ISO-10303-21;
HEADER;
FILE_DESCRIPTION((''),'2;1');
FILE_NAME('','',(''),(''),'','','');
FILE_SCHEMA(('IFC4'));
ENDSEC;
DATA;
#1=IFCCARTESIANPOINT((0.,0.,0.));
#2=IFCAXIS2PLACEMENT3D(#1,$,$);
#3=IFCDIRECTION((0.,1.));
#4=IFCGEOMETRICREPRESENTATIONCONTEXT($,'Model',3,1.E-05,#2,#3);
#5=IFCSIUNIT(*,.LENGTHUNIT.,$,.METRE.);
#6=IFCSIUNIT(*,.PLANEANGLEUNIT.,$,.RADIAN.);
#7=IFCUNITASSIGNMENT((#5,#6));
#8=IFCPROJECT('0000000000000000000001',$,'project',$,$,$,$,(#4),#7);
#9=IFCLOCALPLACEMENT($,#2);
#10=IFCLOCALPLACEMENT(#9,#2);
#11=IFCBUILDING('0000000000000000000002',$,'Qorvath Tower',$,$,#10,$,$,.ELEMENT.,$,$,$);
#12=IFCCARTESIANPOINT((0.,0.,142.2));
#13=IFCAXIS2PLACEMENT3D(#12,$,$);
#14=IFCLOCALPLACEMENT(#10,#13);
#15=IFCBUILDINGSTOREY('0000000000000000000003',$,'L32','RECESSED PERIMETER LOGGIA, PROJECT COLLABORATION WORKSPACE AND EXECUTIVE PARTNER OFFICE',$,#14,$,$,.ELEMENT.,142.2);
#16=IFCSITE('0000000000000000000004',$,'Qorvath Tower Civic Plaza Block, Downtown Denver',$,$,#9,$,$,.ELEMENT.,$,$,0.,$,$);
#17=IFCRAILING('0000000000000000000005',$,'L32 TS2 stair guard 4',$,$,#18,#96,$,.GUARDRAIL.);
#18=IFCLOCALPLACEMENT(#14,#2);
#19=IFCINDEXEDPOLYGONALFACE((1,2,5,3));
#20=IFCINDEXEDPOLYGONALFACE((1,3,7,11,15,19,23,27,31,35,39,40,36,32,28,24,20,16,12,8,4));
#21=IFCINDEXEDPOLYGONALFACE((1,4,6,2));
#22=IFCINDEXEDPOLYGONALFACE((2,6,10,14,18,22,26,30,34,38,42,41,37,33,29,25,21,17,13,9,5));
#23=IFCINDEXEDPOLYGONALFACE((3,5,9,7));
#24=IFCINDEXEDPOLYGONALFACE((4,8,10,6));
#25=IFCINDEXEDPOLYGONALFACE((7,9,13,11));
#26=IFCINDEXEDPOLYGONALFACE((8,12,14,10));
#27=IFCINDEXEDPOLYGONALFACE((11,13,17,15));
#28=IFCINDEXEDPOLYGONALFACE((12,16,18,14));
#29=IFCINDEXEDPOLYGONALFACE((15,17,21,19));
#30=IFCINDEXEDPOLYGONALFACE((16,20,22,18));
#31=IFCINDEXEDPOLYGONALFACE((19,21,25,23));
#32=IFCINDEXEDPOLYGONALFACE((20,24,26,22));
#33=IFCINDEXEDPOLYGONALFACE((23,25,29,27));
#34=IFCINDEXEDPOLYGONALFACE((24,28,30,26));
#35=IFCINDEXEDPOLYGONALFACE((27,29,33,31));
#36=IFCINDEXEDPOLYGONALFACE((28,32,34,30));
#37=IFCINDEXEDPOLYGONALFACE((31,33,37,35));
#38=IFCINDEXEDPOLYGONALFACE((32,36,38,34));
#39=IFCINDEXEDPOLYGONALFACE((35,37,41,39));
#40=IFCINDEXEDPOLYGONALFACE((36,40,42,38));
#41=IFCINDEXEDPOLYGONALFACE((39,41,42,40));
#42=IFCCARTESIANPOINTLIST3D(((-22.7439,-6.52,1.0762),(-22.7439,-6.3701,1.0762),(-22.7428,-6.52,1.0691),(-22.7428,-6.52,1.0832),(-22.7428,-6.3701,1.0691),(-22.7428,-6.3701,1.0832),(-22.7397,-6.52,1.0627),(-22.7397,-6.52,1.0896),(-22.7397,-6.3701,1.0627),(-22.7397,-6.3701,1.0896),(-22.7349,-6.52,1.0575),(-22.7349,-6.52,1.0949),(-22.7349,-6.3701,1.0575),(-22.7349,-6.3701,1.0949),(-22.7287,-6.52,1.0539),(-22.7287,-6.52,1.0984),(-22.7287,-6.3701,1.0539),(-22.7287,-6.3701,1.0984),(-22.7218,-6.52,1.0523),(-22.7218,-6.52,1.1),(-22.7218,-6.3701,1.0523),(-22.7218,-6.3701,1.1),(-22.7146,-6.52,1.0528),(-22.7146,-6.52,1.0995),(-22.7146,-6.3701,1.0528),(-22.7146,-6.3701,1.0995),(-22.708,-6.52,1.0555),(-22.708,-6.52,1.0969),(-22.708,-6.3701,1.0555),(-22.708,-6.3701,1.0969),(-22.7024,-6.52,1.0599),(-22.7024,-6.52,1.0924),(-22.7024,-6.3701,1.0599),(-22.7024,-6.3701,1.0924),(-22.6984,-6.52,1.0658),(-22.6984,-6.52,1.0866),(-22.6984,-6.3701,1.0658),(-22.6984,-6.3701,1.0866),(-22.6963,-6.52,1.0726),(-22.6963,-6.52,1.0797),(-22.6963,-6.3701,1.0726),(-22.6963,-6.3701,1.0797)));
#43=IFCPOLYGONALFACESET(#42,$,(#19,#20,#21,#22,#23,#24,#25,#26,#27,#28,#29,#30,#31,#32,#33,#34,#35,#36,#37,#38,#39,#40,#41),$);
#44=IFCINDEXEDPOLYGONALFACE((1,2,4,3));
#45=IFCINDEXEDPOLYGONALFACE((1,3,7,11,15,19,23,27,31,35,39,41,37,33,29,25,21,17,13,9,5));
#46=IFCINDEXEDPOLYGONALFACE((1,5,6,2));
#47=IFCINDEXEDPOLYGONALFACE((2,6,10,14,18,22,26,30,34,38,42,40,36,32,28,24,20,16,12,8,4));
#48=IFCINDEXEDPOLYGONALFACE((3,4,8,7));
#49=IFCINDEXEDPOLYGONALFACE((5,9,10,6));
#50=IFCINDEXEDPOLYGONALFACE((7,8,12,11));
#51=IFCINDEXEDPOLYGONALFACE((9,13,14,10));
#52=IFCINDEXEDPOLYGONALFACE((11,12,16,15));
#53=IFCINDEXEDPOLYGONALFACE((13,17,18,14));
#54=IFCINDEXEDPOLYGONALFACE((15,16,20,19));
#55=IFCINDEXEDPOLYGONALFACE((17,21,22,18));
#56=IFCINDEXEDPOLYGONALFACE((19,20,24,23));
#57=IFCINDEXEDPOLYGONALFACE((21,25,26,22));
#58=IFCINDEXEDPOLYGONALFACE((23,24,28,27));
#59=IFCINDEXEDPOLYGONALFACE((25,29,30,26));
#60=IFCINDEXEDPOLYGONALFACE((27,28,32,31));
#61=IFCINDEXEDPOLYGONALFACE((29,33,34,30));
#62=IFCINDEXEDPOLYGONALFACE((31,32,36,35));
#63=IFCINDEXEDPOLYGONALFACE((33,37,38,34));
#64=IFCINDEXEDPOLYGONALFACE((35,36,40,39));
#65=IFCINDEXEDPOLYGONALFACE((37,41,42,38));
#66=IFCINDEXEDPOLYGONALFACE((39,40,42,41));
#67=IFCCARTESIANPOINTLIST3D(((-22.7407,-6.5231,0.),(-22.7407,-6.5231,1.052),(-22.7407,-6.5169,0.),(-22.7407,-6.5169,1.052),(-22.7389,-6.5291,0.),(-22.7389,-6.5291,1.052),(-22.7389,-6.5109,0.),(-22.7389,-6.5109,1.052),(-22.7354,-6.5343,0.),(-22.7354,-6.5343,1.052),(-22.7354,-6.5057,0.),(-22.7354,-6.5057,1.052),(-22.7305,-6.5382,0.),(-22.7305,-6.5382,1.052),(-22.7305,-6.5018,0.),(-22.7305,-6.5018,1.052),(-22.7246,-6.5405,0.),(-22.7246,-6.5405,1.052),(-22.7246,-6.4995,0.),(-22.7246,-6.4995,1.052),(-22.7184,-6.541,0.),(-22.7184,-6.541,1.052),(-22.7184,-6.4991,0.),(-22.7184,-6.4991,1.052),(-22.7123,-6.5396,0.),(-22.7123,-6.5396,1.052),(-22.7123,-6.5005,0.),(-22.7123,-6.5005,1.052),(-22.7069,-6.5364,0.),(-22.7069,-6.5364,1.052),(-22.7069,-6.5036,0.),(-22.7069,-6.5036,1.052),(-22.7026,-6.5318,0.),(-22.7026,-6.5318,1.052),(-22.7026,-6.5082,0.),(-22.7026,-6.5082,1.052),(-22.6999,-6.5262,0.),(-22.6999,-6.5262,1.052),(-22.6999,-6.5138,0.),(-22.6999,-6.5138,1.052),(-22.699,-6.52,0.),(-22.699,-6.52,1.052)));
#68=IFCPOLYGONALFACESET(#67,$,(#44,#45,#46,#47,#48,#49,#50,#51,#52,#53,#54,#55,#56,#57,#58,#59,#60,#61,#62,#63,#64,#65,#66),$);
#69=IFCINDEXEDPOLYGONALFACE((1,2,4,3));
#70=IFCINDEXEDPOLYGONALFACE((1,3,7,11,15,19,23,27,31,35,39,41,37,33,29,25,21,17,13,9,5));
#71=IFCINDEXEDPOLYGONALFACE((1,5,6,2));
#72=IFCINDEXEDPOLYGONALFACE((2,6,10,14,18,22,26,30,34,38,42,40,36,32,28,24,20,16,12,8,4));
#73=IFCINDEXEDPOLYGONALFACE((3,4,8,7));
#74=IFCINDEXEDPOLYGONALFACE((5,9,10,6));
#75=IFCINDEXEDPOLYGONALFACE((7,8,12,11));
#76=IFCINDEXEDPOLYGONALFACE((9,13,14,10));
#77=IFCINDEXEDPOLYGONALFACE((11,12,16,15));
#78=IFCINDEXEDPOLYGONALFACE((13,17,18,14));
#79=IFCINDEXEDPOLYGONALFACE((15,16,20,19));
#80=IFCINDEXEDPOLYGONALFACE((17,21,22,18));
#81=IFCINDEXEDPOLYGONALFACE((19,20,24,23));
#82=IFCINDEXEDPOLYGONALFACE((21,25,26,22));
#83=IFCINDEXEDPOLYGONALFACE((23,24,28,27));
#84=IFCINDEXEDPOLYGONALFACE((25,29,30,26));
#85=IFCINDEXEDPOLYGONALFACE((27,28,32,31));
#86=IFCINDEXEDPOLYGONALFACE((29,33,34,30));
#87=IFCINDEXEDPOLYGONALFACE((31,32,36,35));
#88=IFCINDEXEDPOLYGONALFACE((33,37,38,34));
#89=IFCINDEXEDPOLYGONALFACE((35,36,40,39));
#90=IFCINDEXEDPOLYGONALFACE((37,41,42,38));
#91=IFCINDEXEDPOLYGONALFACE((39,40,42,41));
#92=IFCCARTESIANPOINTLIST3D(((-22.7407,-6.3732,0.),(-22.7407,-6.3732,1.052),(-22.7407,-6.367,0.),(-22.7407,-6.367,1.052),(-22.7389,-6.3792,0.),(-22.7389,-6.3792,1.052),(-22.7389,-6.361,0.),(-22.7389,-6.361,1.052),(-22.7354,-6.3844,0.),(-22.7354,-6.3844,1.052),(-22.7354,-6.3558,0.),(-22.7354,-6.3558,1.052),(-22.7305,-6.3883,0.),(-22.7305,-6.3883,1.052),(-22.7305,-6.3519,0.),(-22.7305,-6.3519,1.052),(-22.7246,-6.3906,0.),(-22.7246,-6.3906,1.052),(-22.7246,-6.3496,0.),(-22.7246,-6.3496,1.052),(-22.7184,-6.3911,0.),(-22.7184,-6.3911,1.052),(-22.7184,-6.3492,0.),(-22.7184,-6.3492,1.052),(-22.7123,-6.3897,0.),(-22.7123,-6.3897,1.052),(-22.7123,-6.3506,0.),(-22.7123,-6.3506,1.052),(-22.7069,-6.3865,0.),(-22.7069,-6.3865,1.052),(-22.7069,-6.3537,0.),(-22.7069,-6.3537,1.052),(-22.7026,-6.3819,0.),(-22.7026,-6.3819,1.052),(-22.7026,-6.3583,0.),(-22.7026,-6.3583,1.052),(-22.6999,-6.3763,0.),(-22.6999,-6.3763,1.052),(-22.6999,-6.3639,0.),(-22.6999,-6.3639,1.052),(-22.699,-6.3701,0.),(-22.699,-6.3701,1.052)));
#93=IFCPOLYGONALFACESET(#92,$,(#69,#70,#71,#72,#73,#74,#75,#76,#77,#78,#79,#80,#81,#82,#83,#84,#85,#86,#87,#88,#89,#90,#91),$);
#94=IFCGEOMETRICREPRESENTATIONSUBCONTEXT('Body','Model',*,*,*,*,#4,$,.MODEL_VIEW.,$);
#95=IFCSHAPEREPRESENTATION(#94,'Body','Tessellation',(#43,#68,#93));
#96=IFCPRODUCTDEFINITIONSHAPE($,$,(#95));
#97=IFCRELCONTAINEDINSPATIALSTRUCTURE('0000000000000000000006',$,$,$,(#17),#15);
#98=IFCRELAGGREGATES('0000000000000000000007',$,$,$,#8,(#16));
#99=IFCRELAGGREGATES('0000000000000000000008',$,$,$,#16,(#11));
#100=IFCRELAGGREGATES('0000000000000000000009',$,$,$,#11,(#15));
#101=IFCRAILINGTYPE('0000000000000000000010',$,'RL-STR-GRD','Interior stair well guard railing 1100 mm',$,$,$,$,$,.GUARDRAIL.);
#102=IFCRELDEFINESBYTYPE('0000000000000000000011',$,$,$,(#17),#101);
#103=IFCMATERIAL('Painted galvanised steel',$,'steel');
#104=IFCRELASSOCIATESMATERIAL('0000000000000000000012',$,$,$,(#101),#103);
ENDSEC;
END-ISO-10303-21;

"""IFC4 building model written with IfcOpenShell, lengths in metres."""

from ifc_helpers import new_model, si_unit, direction, frame, origin, origin_2d, place, context, subcontext, project, spatial, circle, extrude, material, type_object, element, save


model = new_model("IFC4")

# Units and contexts
model_context = context("Model", 3, precision=1e-05, world=origin(), true_north=direction((0.0, 1.0)))
body_context = subcontext(model_context, "Body", "Model", "MODEL_VIEW")
ifc_project = project(units=[si_unit("LENGTHUNIT", "METRE"), si_unit("PLANEANGLEUNIT", "RADIAN")], contexts=[model_context])

# Site, building, storey
site_placement = place(None, origin())
site = spatial("IfcSite", under=ifc_project, at=site_placement, Name="Qorvath Tower Civic Plaza Block, Downtown Denver", CompositionType="ELEMENT", RefElevation=0.0)
building_placement = place(site_placement, origin())
building = spatial("IfcBuilding", under=site, at=building_placement, Name="Qorvath Tower", CompositionType="ELEMENT")
storey_placement = place(building_placement, frame((0.0, 0.0, 142.2)))
storey = spatial("IfcBuildingStorey", under=building, at=storey_placement, Name="L32", Description="RECESSED PERIMETER LOGGIA, PROJECT COLLABORATION WORKSPACE AND EXECUTIVE PARTNER OFFICE", CompositionType="ELEMENT", Elevation=142.2)

# Railing
ifc_material_1 = material(Name="Painted galvanised steel", Category="steel")
railing_type_1 = type_object("IfcRailingType", Name="RL-STR-GRD", Description="Interior stair well guard railing 1100 mm", PredefinedType="GUARDRAIL", material=ifc_material_1)
railing_1_placement = place(storey_placement, frame((-22.72, -6.52, 0.0)))
element("IfcRailing", 1, at=railing_1_placement, inside=storey, type_object=railing_type_1, Name="L32 TS2 stair guard 4", PredefinedType="GUARDRAIL", context=body_context, shape_type="SweptSolid", body=[
    extrude(circle(Radius=0.0239, at=origin_2d()), frame((0.0, 0.0, 1.0762), z_axis=(0.0, 1.0, 0.0), x_axis=(-1.0, 0.0, 0.0)), (0.0, 0.0, 1.0), 0.1499),
    extrude(circle(Radius=0.021, at=origin_2d()), origin(), (0.0, 0.0, 1.0), 1.052),
    extrude(circle(Radius=0.021, at=origin_2d()), frame((0.0, 0.1499, 0.0)), (0.0, 0.0, 1.0), 1.052),
])

save(model, "model.ifc")
